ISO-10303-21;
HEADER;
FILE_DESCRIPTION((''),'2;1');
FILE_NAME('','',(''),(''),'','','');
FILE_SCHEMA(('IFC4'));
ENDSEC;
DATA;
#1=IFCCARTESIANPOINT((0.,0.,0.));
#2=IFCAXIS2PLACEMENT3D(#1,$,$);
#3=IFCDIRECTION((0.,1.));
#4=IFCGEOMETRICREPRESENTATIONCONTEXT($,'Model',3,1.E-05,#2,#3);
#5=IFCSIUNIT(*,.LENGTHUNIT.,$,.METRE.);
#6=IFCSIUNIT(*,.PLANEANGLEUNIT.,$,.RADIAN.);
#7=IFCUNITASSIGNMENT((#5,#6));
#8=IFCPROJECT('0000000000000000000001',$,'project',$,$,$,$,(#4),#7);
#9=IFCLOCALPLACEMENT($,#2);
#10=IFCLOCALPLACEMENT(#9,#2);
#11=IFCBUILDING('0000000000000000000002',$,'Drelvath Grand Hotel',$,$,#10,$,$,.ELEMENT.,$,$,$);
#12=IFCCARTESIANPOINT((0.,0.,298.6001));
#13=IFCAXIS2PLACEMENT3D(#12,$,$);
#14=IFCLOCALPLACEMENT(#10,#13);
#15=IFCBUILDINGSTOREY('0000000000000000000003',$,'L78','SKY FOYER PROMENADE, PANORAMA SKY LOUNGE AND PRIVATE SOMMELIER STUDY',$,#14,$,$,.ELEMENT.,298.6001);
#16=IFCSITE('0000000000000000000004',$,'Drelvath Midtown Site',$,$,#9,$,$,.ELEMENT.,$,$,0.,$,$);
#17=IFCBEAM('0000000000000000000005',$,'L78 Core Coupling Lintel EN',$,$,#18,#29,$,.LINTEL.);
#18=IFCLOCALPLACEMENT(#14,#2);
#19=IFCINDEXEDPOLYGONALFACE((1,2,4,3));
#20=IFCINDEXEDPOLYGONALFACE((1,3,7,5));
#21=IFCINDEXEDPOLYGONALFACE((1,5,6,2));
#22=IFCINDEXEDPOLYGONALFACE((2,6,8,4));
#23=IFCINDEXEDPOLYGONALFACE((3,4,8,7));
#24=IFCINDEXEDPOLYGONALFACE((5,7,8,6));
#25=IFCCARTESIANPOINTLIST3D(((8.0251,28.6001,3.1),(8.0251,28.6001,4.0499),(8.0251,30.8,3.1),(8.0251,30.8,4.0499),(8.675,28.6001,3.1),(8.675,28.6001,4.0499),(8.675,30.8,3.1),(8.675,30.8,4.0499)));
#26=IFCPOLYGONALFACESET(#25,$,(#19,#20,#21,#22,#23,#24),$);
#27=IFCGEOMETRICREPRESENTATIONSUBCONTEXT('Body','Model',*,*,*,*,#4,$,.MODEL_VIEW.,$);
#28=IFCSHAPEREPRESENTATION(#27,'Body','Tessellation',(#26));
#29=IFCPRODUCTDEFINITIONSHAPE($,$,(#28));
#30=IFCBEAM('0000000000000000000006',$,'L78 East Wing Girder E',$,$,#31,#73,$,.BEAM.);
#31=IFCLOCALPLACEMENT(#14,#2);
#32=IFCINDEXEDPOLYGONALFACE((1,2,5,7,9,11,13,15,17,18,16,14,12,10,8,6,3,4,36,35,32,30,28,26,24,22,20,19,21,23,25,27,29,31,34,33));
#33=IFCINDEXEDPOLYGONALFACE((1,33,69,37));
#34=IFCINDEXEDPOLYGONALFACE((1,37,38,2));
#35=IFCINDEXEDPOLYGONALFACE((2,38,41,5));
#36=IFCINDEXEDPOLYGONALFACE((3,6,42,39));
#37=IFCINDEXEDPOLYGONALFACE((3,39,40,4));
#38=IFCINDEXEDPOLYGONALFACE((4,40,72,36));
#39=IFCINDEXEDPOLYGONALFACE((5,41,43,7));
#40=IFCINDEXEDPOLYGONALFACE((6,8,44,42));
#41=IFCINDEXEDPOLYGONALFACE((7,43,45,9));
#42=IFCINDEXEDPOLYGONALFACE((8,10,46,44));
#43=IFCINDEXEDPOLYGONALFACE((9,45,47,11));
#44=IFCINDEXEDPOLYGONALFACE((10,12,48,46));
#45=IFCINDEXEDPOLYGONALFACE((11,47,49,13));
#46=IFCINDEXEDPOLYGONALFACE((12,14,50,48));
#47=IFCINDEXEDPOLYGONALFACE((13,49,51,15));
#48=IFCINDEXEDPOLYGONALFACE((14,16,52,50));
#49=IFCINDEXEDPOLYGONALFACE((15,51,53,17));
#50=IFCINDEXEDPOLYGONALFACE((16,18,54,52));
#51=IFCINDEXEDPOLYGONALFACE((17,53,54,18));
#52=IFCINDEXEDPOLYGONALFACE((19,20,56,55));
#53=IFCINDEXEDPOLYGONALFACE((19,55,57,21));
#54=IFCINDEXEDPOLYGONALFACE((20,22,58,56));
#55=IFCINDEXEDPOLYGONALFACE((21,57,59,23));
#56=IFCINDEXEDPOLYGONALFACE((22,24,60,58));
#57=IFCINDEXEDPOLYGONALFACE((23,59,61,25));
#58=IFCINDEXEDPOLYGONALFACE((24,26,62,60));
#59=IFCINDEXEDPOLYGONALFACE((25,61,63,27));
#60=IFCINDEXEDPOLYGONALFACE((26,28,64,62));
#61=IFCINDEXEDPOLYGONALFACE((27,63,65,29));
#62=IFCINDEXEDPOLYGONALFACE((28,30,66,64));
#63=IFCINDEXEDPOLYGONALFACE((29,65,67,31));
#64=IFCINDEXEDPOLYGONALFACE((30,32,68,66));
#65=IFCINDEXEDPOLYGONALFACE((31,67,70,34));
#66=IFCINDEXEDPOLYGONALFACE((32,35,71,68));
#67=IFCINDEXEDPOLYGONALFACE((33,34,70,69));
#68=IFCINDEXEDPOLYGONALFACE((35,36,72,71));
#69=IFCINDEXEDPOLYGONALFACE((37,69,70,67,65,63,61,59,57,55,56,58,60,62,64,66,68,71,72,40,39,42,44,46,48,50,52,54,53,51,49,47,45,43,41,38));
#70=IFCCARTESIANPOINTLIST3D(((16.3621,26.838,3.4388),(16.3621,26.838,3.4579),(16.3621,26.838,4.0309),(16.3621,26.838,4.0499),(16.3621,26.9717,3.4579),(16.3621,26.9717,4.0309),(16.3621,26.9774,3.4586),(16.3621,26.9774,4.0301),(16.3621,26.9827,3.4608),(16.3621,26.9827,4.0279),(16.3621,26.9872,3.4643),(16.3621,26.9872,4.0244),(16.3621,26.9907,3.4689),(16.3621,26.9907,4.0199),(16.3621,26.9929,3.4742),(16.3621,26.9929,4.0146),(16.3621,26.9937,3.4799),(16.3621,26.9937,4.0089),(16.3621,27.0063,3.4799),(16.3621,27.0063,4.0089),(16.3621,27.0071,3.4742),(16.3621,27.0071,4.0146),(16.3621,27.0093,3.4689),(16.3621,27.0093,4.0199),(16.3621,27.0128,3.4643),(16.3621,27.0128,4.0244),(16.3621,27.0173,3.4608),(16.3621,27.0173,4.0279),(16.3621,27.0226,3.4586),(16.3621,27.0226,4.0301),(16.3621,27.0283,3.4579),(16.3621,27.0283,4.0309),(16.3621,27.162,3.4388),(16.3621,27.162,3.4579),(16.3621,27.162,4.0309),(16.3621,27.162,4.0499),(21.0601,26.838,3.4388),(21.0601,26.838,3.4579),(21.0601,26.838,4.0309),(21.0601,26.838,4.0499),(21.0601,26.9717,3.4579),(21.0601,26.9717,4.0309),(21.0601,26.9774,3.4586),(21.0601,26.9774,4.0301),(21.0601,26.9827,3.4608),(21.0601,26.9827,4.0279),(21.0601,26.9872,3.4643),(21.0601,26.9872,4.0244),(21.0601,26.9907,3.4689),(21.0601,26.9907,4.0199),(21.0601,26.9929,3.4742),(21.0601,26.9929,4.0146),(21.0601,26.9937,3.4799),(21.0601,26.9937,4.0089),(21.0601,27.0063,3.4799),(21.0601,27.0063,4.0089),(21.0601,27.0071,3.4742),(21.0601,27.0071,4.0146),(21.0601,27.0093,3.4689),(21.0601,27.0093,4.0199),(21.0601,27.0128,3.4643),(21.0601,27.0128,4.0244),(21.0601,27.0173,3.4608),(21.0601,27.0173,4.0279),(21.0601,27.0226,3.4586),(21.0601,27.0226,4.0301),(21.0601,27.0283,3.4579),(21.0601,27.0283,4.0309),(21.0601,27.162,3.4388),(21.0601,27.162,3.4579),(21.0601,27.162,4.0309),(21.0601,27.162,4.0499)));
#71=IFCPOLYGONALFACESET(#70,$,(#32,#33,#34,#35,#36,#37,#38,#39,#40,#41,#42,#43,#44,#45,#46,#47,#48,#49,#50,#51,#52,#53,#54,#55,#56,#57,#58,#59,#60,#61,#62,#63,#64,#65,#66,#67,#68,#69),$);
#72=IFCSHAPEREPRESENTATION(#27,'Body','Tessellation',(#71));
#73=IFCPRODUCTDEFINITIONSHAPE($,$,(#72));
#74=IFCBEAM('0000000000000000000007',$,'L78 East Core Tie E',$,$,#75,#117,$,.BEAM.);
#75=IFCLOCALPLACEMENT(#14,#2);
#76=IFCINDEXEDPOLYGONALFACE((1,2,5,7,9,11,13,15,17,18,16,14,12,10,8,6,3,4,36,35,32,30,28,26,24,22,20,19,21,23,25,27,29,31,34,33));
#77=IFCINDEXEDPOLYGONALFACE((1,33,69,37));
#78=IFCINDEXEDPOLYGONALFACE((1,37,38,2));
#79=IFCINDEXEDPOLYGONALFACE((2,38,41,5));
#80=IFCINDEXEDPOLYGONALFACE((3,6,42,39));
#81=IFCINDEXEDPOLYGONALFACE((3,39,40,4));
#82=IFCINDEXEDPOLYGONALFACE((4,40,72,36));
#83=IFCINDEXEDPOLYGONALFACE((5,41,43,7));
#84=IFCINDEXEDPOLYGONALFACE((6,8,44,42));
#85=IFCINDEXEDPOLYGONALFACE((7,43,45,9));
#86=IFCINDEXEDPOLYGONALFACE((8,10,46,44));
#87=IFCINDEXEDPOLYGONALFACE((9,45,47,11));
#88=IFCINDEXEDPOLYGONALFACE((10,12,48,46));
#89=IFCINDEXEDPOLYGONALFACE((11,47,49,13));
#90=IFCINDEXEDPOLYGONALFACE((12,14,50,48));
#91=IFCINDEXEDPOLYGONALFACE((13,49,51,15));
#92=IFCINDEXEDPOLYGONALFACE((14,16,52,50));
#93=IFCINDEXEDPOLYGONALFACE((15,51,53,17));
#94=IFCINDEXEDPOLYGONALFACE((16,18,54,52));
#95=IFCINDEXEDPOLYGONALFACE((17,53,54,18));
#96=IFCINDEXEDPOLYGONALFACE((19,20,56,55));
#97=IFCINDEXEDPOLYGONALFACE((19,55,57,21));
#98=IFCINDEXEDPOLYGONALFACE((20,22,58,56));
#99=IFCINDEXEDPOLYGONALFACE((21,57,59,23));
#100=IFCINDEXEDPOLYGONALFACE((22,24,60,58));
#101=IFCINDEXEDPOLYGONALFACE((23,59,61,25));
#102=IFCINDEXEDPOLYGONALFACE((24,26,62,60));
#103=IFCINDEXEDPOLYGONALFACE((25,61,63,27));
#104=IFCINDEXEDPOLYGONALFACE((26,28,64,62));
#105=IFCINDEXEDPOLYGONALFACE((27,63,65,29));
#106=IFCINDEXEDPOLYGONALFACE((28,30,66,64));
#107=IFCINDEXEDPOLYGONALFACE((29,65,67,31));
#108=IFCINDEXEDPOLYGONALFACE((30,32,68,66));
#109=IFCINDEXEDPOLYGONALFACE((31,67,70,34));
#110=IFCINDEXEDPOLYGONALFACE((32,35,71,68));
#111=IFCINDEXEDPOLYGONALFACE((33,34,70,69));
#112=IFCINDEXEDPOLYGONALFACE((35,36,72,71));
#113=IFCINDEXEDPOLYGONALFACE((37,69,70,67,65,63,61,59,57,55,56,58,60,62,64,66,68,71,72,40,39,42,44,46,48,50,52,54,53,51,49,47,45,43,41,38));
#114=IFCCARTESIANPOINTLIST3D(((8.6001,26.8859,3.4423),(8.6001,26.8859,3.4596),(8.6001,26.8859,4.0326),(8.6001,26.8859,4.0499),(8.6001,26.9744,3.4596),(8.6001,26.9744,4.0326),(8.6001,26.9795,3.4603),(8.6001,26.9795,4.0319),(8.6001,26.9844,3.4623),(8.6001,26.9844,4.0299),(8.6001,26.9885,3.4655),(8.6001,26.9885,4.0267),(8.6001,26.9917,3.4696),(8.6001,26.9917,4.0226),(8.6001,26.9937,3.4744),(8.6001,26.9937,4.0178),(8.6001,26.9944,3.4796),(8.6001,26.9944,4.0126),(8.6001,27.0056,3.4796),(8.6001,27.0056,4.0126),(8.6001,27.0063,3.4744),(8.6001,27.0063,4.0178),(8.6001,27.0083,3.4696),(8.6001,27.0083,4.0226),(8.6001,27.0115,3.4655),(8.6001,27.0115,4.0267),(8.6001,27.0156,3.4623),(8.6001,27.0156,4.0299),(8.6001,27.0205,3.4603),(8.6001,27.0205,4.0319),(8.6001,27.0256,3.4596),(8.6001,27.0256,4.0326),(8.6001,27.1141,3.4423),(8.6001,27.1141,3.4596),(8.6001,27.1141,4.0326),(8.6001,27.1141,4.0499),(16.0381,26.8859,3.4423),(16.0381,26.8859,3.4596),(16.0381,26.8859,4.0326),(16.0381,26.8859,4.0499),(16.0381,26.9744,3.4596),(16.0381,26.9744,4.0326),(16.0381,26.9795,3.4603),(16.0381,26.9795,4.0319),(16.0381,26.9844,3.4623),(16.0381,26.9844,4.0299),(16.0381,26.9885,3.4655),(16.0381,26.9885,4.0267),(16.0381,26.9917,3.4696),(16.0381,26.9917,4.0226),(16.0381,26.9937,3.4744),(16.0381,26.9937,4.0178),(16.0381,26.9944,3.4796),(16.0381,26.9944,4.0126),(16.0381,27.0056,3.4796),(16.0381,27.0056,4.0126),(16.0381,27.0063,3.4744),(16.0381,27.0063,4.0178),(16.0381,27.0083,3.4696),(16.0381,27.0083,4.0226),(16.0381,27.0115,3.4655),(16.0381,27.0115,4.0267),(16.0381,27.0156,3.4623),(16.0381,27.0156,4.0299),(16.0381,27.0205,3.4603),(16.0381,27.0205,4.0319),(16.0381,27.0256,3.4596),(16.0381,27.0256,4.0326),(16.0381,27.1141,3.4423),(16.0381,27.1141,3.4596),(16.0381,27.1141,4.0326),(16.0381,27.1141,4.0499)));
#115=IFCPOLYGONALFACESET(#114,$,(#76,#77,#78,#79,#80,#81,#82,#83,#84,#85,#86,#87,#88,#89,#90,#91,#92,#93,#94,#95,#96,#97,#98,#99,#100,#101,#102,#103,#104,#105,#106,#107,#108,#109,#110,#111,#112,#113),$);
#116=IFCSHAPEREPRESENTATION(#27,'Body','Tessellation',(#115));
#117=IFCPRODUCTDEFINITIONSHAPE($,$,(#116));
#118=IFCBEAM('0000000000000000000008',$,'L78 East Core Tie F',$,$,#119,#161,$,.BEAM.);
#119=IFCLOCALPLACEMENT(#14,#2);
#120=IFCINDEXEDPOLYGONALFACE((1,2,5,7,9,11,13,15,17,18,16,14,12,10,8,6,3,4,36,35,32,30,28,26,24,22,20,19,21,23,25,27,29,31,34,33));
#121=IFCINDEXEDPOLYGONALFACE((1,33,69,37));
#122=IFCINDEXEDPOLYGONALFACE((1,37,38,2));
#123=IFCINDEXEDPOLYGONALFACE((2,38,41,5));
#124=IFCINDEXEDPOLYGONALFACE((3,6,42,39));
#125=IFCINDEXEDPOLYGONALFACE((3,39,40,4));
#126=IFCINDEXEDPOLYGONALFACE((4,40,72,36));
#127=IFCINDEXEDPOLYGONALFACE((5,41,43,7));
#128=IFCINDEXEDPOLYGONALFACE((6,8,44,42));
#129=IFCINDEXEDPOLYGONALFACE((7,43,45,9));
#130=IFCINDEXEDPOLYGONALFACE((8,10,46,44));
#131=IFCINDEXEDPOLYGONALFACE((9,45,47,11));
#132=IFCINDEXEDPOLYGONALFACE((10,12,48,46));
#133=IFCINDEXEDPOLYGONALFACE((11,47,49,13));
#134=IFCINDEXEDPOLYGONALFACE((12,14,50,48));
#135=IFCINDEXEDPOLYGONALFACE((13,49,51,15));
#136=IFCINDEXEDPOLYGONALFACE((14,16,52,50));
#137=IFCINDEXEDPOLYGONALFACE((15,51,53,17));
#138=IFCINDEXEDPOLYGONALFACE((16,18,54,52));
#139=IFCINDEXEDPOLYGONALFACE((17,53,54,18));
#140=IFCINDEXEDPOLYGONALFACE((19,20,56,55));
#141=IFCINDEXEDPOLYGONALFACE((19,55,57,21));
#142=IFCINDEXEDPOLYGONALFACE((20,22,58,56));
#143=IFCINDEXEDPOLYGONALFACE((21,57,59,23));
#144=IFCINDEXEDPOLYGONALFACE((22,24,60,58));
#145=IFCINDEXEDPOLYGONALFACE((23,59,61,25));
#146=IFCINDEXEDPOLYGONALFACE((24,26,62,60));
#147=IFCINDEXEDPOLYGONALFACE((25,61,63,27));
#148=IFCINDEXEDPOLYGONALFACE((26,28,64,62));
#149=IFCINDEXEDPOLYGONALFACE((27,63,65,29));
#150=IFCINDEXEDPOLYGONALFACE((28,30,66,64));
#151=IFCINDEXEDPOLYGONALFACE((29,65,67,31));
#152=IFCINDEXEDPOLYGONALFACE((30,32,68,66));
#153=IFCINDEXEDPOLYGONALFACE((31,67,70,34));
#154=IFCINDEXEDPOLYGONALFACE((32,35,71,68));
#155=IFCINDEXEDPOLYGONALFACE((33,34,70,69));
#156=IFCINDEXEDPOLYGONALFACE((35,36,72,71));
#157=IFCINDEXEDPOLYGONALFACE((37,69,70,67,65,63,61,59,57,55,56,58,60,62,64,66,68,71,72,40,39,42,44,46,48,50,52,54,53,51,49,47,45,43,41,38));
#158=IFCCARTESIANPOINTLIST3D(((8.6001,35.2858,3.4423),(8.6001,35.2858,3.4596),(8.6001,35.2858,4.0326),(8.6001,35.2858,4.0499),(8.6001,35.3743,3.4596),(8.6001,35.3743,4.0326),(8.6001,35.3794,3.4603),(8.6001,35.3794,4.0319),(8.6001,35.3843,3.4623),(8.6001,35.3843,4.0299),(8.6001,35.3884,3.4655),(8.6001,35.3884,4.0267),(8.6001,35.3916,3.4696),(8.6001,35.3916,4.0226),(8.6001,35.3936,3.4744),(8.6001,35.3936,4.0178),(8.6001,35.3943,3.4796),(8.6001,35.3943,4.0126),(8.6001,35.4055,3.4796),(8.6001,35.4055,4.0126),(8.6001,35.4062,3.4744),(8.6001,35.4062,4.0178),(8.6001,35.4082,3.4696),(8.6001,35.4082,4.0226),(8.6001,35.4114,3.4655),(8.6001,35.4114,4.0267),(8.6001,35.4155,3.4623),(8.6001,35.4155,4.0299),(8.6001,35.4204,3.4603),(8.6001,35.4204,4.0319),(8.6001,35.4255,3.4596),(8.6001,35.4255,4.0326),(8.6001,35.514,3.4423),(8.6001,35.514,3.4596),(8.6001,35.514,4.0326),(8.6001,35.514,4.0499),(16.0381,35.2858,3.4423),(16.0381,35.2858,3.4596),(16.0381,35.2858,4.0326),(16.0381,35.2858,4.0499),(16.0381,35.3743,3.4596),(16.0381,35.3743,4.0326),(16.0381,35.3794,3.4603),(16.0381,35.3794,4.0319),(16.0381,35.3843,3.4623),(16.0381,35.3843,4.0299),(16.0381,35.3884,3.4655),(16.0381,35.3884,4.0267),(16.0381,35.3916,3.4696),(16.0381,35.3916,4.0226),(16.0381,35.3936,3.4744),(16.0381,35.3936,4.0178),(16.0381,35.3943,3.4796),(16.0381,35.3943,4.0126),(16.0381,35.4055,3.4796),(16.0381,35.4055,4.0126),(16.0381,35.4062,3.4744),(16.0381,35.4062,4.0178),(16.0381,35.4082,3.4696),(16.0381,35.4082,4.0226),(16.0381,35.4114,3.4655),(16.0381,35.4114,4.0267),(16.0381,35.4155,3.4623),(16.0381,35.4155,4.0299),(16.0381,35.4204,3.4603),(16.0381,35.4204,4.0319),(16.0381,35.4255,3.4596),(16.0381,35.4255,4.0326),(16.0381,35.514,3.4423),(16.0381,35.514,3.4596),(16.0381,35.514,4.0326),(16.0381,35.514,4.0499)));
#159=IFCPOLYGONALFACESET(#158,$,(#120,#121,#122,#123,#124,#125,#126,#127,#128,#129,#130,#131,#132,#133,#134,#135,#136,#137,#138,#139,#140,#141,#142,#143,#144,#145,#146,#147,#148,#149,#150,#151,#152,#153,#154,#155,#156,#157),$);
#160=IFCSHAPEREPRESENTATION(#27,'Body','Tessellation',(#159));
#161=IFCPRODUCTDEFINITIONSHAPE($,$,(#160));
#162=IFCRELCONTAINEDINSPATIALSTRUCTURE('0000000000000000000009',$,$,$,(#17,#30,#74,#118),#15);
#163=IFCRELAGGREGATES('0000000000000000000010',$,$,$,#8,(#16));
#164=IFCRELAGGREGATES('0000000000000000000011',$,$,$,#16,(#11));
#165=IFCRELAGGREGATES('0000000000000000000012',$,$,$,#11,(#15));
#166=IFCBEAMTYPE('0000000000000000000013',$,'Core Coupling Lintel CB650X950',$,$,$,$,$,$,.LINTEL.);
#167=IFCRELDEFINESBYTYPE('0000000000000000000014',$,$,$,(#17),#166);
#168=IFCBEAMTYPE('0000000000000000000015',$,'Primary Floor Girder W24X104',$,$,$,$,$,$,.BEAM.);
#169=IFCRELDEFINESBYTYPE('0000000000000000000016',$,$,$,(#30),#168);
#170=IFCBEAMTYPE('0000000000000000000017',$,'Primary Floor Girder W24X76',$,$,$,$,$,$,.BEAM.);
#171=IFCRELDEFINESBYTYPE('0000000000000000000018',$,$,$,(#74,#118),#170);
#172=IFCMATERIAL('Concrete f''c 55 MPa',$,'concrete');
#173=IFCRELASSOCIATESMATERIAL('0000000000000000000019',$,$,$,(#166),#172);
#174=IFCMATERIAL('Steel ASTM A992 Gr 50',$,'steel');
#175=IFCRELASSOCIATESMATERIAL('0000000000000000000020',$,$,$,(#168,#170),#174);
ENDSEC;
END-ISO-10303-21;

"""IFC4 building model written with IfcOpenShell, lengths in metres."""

from ifc_helpers import new_model, si_unit, direction, frame, origin, origin_2d, place, context, subcontext, project, spatial, rectangle, i_section, extrude, material, material_profile, profile_set, type_object, element, save


model = new_model("IFC4")

# Units and contexts
model_context = context("Model", 3, precision=1e-05, world=origin(), true_north=direction((0.0, 1.0)))
body_context = subcontext(model_context, "Body", "Model", "MODEL_VIEW")
ifc_project = project(units=[si_unit("LENGTHUNIT", "METRE"), si_unit("PLANEANGLEUNIT", "RADIAN")], contexts=[model_context])

# Site, building, storey
site_placement = place(None, origin())
site = spatial("IfcSite", under=ifc_project, at=site_placement, Name="Drelvath Midtown Site", CompositionType="ELEMENT", RefElevation=0.0)
building_placement = place(site_placement, origin())
building = spatial("IfcBuilding", under=site, at=building_placement, Name="Drelvath Grand Hotel", CompositionType="ELEMENT")
storey_placement = place(building_placement, frame((0.0, 0.0, 298.6001)))
storey = spatial("IfcBuildingStorey", under=building, at=storey_placement, Name="L78", Description="SKY FOYER PROMENADE, PANORAMA SKY LOUNGE AND PRIVATE SOMMELIER STUDY", CompositionType="ELEMENT", Elevation=298.6001)

# Beams
ifc_material_1 = material(Name="Concrete f'c 55 MPa", Category="concrete")
ifc_material_profile_1 = material_profile(ifc_material_1, rectangle(XDim=0.6499, YDim=0.95, at=origin_2d()), Name="CB650X950")
ifc_profile_set_1 = profile_set([ifc_material_profile_1], Name="Concrete f'c 55 MPa")
beam_type_1 = type_object("IfcBeamType", Name="Core Coupling Lintel CB650X950", PredefinedType="LINTEL", material=ifc_profile_set_1)
beam_1_placement = place(storey_placement, frame((8.3501, 28.6001, 3.575), z_axis=(0.0, 1.0, 0.0), x_axis=(-1.0, 0.0, 0.0)))
element("IfcBeam", 1, at=beam_1_placement, inside=storey, type_object=beam_type_1, Name="L78 Core Coupling Lintel EN", PredefinedType="LINTEL", context=body_context, shape_type="SweptSolid", body=[
    extrude(rectangle(XDim=0.6499, YDim=0.95, at=origin_2d()), origin(), (0.0, 0.0, 1.0), 2.2),
])
ifc_material_2 = material(Name="Steel ASTM A992 Gr 50", Category="steel")
ifc_material_profile_2 = material_profile(ifc_material_2, i_section(OverallWidth=0.324, OverallDepth=0.6111, WebThickness=0.0127, FlangeThickness=0.019, FilletRadius=0.022, at=origin_2d()), Name="W24X104")
ifc_profile_set_2 = profile_set([ifc_material_profile_2], Name="Steel ASTM A992 Gr 50")
beam_type_2 = type_object("IfcBeamType", Name="Primary Floor Girder W24X104", PredefinedType="BEAM", material=ifc_profile_set_2)
beam_2_placement = place(storey_placement, frame((16.3621, 27.0, 3.7444), z_axis=(1.0, 0.0, 0.0), x_axis=(0.0, 1.0, 0.0)))
element("IfcBeam", 2, at=beam_2_placement, inside=storey, type_object=beam_type_2, Name="L78 East Wing Girder E", PredefinedType="BEAM", context=body_context, shape_type="SweptSolid", body=[
    extrude(i_section(OverallWidth=0.324, OverallDepth=0.6111, WebThickness=0.0127, FlangeThickness=0.019, FilletRadius=0.022, at=origin_2d()), origin(), (0.0, 0.0, 1.0), 4.698),
])
ifc_material_profile_3 = material_profile(ifc_material_2, i_section(OverallWidth=0.2283, OverallDepth=0.6077, WebThickness=0.0112, FlangeThickness=0.0173, FilletRadius=0.02, at=origin_2d()), Name="W24X76")
ifc_profile_set_3 = profile_set([ifc_material_profile_3], Name="Steel ASTM A992 Gr 50")
beam_type_3 = type_object("IfcBeamType", Name="Primary Floor Girder W24X76", PredefinedType="BEAM", material=ifc_profile_set_3)
for number, where, z_axis, x_axis, name in (
    (3, (8.6001, 27.0, 3.7461), (1.0, 0.0, 0.0), (0.0, 1.0, 0.0), "L78 East Core Tie E"),
    (4, (8.6001, 35.3999, 3.7461), (1.0, 0.0, 0.0), (0.0, 1.0, 0.0), "L78 East Core Tie F"),
):
    element("IfcBeam", number, at=place(storey_placement, frame(where, z_axis=z_axis, x_axis=x_axis)), inside=storey, type_object=beam_type_3, Name=name, PredefinedType="BEAM", context=body_context, shape_type="SweptSolid", body=[
        extrude(i_section(OverallWidth=0.2283, OverallDepth=0.6077, WebThickness=0.0112, FlangeThickness=0.0173, FilletRadius=0.02, at=origin_2d()), origin(), (0.0, 0.0, 1.0), 7.438),
    ])

save(model, "model.ifc")
